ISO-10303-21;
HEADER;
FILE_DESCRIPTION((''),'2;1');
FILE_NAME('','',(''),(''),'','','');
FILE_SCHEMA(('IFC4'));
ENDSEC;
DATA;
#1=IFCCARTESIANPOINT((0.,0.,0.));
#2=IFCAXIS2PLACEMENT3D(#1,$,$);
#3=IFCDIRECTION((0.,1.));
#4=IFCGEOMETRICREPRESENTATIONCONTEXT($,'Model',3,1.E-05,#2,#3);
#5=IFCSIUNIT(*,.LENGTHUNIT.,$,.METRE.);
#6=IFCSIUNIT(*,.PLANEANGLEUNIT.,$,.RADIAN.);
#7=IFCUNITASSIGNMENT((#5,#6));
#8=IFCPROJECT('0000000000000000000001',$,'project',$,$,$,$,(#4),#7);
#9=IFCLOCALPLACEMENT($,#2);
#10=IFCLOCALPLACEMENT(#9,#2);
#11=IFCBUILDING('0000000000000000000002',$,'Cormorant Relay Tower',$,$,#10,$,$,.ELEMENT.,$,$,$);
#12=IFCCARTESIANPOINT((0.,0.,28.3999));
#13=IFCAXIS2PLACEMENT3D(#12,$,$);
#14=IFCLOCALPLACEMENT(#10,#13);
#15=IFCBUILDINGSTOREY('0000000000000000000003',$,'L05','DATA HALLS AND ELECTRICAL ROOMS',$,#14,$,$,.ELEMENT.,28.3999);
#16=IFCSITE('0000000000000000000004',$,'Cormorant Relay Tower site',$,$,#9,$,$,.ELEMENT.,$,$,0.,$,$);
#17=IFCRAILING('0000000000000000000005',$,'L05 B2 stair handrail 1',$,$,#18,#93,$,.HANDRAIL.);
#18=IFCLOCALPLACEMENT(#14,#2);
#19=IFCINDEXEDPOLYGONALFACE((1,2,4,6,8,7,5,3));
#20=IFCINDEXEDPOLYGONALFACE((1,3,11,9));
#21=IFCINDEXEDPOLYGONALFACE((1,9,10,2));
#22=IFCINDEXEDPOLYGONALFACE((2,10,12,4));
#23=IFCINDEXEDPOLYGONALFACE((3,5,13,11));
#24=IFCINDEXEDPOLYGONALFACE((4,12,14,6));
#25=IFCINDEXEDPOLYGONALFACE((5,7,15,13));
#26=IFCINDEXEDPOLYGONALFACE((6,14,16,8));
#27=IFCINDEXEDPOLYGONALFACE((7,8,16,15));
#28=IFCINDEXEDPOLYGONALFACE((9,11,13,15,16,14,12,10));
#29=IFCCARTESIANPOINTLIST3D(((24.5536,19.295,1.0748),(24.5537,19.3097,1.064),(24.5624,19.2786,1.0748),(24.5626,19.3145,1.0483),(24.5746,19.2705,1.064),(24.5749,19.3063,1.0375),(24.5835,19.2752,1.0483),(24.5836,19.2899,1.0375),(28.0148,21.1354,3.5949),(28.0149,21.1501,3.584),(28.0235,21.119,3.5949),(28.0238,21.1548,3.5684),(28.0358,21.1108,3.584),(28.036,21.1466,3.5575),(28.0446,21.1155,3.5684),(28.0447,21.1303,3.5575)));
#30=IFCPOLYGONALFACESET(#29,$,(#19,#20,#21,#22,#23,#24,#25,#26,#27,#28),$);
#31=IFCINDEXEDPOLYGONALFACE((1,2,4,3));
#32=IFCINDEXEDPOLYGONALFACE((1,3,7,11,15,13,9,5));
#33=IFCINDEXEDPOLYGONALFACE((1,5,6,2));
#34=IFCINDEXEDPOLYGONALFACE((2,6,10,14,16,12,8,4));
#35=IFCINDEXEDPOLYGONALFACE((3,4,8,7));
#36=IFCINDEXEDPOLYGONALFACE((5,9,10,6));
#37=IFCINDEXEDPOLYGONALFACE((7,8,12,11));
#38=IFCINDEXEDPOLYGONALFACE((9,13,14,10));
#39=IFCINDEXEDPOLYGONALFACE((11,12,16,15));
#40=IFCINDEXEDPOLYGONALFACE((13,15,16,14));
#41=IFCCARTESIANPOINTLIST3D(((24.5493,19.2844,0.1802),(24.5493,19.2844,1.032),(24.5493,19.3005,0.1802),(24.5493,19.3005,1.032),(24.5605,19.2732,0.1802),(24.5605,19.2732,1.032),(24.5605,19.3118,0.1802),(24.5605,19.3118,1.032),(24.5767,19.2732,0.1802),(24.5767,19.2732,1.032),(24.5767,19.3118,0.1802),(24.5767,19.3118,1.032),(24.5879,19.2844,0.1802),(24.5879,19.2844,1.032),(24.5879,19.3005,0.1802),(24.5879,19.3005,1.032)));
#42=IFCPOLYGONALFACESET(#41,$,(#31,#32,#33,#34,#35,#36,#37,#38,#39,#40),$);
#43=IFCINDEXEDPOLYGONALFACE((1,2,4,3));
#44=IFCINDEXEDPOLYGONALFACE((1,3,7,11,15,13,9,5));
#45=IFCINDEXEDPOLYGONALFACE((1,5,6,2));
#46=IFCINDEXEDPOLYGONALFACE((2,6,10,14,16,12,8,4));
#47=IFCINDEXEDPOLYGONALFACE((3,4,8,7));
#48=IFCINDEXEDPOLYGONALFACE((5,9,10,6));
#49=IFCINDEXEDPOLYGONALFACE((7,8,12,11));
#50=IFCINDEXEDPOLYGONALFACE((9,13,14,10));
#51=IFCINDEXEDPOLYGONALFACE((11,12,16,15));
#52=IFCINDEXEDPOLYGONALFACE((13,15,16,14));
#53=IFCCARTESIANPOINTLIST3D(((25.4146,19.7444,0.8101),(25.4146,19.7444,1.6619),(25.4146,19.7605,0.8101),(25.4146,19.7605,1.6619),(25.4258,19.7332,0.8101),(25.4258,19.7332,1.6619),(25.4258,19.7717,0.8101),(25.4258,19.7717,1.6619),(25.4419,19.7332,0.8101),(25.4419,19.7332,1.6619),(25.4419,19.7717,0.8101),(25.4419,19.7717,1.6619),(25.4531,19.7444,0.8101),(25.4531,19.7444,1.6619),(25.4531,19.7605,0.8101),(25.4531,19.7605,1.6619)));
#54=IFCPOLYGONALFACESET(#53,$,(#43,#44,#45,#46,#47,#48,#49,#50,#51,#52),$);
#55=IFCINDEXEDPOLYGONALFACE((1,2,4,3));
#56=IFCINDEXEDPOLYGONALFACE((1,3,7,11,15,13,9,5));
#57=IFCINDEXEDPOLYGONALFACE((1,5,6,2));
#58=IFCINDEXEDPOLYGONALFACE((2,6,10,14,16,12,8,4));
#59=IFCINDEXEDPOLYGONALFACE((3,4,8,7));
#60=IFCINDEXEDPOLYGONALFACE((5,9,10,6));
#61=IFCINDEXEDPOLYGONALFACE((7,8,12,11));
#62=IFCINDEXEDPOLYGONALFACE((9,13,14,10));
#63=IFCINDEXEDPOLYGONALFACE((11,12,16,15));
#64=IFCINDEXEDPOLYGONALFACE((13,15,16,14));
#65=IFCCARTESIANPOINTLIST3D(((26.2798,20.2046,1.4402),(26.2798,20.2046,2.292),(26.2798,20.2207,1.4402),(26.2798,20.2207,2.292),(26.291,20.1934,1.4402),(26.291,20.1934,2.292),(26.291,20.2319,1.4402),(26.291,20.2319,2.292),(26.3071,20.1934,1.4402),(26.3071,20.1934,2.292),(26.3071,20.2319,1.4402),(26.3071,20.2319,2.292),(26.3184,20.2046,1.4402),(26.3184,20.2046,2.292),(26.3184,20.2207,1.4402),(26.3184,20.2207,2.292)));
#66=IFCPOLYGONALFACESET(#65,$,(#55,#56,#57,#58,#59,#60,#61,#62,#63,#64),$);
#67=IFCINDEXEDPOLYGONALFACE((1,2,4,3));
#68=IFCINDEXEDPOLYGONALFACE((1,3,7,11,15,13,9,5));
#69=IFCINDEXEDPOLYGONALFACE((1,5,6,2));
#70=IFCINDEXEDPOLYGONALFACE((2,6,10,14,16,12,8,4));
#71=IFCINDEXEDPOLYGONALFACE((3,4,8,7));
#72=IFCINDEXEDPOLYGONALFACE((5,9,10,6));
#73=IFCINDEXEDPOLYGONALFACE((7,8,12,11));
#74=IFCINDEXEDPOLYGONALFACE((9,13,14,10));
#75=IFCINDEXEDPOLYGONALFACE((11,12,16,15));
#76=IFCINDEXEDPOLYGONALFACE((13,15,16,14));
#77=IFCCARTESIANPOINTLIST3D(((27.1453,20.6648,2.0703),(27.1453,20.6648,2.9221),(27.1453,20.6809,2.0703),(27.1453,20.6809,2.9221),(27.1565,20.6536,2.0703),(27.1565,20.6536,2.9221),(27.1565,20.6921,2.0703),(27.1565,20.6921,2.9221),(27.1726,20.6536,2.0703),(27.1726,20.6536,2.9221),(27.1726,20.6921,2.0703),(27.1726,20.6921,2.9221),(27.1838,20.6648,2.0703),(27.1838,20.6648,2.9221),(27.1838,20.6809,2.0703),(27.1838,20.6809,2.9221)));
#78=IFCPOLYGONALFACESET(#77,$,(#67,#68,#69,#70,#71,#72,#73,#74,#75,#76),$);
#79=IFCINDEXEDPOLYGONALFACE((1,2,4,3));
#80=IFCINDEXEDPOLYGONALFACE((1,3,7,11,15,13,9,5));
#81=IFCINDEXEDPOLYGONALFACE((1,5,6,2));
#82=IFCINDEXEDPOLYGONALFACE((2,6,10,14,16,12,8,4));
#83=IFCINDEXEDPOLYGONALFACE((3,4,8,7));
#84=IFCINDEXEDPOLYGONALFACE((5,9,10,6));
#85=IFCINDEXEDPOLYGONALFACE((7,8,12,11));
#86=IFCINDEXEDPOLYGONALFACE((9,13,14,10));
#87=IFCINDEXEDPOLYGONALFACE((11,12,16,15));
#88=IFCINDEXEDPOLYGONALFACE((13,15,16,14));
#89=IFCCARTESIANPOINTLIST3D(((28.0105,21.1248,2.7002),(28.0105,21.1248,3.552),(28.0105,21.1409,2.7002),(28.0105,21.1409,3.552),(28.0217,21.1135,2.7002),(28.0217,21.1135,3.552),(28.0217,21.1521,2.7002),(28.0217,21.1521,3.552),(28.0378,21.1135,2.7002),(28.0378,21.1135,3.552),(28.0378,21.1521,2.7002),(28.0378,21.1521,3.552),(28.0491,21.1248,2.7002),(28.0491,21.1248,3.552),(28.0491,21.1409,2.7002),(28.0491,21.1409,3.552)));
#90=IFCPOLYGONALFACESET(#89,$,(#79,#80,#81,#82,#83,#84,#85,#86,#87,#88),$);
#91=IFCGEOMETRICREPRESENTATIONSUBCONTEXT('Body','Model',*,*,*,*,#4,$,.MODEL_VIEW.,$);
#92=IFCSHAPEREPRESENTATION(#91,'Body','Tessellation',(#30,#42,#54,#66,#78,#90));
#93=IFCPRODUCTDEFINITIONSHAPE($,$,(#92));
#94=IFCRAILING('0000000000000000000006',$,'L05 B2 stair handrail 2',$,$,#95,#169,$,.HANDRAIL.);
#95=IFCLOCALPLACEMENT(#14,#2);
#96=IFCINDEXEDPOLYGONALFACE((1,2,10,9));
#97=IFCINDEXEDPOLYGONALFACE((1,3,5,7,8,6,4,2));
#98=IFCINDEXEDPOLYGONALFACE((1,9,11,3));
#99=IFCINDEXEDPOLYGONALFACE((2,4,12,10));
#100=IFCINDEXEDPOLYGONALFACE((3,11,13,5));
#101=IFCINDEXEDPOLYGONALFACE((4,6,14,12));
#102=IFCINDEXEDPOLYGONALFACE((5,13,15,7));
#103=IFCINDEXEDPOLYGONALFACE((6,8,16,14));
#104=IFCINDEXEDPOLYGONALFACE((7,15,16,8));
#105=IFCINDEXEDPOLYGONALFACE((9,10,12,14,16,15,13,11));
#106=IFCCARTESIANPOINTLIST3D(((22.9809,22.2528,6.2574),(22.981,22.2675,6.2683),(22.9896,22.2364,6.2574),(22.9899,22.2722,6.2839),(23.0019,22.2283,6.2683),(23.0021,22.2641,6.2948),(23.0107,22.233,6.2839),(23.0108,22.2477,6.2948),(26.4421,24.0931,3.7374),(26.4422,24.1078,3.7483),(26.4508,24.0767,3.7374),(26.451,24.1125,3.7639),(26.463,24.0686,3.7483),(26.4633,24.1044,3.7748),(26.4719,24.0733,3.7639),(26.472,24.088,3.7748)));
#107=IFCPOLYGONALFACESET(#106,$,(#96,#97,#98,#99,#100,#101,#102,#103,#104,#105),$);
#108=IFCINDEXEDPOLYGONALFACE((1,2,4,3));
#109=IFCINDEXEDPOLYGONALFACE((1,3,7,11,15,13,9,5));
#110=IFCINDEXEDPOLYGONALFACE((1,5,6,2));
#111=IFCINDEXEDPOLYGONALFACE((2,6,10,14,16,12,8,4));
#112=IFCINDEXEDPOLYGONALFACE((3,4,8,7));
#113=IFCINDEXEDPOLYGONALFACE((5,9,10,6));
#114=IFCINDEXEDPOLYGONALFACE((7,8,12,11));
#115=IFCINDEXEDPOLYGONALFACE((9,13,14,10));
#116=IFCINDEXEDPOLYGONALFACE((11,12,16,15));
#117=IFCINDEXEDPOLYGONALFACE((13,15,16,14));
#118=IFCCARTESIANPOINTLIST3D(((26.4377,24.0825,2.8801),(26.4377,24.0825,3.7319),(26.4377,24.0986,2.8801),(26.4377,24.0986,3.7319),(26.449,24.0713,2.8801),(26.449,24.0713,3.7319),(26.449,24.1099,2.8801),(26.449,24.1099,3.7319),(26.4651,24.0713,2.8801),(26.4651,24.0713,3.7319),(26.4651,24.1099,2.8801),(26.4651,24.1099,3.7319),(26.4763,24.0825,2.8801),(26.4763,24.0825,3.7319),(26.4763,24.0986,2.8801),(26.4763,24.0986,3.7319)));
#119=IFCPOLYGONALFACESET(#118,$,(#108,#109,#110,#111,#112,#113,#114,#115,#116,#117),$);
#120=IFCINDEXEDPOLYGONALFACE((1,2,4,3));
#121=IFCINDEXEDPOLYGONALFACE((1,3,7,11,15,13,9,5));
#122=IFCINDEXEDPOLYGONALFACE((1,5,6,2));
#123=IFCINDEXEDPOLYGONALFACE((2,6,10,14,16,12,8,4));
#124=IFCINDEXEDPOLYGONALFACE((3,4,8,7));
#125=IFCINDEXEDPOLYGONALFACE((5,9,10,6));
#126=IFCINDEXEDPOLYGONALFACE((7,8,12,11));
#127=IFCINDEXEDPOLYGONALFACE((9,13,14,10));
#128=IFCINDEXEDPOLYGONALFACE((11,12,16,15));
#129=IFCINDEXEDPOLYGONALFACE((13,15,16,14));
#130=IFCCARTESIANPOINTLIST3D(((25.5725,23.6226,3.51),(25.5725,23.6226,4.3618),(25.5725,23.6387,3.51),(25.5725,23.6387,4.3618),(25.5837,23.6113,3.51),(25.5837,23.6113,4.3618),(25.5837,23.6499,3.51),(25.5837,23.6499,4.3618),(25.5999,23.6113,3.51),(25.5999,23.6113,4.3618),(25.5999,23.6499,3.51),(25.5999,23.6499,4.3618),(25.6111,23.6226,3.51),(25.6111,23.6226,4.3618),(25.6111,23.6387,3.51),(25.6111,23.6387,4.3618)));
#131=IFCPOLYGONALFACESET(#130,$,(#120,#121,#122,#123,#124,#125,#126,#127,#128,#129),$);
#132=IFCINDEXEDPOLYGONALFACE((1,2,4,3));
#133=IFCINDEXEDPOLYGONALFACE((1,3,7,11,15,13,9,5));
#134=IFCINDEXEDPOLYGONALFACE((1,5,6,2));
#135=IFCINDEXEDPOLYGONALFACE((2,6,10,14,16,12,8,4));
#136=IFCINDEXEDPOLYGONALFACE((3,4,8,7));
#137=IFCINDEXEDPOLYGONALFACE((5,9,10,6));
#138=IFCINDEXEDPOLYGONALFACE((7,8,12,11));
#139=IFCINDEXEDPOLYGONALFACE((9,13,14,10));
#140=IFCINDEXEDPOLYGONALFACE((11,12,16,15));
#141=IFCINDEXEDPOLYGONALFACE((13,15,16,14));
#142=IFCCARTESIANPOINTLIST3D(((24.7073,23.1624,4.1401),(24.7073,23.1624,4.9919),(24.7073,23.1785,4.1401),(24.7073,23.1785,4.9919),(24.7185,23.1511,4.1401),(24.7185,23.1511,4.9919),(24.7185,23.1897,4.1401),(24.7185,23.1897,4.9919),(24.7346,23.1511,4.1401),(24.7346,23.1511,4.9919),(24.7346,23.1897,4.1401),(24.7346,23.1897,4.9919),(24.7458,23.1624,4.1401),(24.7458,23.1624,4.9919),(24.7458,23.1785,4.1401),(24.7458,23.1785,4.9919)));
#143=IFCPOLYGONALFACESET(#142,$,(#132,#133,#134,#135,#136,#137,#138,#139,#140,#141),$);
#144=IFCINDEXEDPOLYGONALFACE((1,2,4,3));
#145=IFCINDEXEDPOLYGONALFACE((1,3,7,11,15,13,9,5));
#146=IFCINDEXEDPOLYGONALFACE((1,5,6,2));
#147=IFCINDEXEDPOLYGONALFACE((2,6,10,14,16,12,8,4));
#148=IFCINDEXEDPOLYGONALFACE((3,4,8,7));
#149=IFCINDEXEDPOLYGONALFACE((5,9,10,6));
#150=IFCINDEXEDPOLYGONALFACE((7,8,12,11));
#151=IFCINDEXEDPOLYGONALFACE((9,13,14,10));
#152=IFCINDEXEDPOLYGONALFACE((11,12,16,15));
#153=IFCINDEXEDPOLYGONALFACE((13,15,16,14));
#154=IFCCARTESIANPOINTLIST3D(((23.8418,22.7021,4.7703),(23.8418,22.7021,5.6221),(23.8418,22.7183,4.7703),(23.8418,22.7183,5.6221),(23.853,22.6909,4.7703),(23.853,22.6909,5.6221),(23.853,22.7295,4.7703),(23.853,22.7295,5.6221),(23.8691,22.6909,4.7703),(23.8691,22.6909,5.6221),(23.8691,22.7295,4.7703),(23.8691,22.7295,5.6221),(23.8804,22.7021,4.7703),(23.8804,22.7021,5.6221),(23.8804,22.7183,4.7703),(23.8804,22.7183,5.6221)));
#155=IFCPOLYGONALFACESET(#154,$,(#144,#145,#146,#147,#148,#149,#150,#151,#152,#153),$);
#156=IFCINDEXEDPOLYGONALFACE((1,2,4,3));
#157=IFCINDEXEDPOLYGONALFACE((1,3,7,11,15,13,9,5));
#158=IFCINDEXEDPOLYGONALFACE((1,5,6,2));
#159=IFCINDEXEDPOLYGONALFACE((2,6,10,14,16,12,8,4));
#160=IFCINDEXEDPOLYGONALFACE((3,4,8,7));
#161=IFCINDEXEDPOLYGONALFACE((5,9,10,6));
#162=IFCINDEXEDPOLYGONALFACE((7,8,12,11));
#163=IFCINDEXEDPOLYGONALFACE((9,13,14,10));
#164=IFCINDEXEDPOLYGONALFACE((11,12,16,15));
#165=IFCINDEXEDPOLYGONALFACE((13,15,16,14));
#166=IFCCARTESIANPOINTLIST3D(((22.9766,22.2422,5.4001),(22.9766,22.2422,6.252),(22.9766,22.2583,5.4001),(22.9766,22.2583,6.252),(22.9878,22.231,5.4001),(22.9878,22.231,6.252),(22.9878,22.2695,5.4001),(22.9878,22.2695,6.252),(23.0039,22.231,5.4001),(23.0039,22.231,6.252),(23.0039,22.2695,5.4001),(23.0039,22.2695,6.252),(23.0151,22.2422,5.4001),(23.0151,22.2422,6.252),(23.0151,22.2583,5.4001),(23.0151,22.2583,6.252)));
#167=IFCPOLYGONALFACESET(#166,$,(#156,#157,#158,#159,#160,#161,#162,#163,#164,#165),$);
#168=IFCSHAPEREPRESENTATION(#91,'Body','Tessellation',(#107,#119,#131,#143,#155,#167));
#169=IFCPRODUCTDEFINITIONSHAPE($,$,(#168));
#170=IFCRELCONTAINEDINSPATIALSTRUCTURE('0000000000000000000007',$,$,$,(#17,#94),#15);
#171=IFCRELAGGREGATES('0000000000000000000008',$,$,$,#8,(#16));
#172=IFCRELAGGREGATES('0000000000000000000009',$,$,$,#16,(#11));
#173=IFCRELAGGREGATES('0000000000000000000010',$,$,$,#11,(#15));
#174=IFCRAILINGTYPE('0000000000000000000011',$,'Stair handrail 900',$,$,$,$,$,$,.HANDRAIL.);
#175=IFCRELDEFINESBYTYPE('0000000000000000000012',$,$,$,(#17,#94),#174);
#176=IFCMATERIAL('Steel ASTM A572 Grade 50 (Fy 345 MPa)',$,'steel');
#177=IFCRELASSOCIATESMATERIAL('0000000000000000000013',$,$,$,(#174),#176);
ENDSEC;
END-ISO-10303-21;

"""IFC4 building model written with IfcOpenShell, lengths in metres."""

from ifc_helpers import new_model, si_unit, direction, frame, origin, place, context, subcontext, project, spatial, polyline, outline, extrude, material, type_object, element, save


model = new_model("IFC4")

# Units and contexts
model_context = context("Model", 3, precision=1e-05, world=origin(), true_north=direction((0.0, 1.0)))
body_context = subcontext(model_context, "Body", "Model", "MODEL_VIEW")
ifc_project = project(units=[si_unit("LENGTHUNIT", "METRE"), si_unit("PLANEANGLEUNIT", "RADIAN")], contexts=[model_context])

# Site, building, storey
site_placement = place(None, origin())
site = spatial("IfcSite", under=ifc_project, at=site_placement, Name="Cormorant Relay Tower site", CompositionType="ELEMENT", RefElevation=0.0)
building_placement = place(site_placement, origin())
building = spatial("IfcBuilding", under=site, at=building_placement, Name="Cormorant Relay Tower", CompositionType="ELEMENT")
storey_placement = place(building_placement, frame((0.0, 0.0, 28.3999)))
storey = spatial("IfcBuildingStorey", under=building, at=storey_placement, Name="L05", Description="DATA HALLS AND ELECTRICAL ROOMS", CompositionType="ELEMENT", Elevation=28.3999)

# Railings
ifc_material_1 = material(Name="Steel ASTM A572 Grade 50 (Fy 345 MPa)", Category="steel")
railing_type_1 = type_object("IfcRailingType", Name="Stair handrail 900", PredefinedType="HANDRAIL", material=ifc_material_1)
railing_1_placement = place(storey_placement, frame((24.5686, 19.2925, 0.1802)))
element("IfcRailing", 1, at=railing_1_placement, inside=storey, type_object=railing_type_1, Name="L05 B2 stair handrail 1", PredefinedType="HANDRAIL", context=body_context, shape_type="SweptSolid", body=[
    extrude(outline(polyline([(0.0222, 0.0093), (0.0093, 0.0222), (-0.0093, 0.0222), (-0.0222, 0.0093), (-0.0222, -0.0093), (-0.0093, -0.0222), (0.0093, -0.0222), (0.0222, -0.0093), (0.0222, 0.0093)])), frame((0.0, 0.0, 0.876), z_axis=(0.742717, 0.394907, 0.540758), x_axis=(-0.469469, 0.882949, 0.0)), (0.0, 0.0, 1.0), 4.6602),
    extrude(outline(polyline([(0.0193, 0.0081), (0.0081, 0.0193), (-0.0081, 0.0193), (-0.0193, 0.0081), (-0.0193, -0.0081), (-0.0081, -0.0193), (0.0081, -0.0193), (0.0193, -0.0081), (0.0193, 0.0081)])), origin(), (0.0, 0.0, 1.0), 0.8518),
    extrude(outline(polyline([(0.0193, 0.0081), (0.0081, 0.0193), (-0.0081, 0.0193), (-0.0193, 0.0081), (-0.0193, -0.0081), (-0.0081, -0.0193), (0.0081, -0.0193), (0.0193, -0.0081), (0.0193, 0.0081)])), frame((0.8652, 0.46, 0.6299)), (0.0, 0.0, 1.0), 0.8518),
    extrude(outline(polyline([(0.0193, 0.0081), (0.0081, 0.0193), (-0.0081, 0.0193), (-0.0193, 0.0081), (-0.0193, -0.0081), (-0.0081, -0.0193), (0.0081, -0.0193), (0.0193, -0.0081), (0.0193, 0.0081)])), frame((1.7305, 0.9202, 1.26)), (0.0, 0.0, 1.0), 0.8518),
    extrude(outline(polyline([(0.0193, 0.0081), (0.0081, 0.0193), (-0.0081, 0.0193), (-0.0193, 0.0081), (-0.0193, -0.0081), (-0.0081, -0.0193), (0.0081, -0.0193), (0.0193, -0.0081), (0.0193, 0.0081)])), frame((2.5959, 1.3804, 1.8901)), (0.0, 0.0, 1.0), 0.8518),
    extrude(outline(polyline([(0.0193, 0.0081), (0.0081, 0.0193), (-0.0081, 0.0193), (-0.0193, 0.0081), (-0.0193, -0.0081), (-0.0081, -0.0193), (0.0081, -0.0193), (0.0193, -0.0081), (0.0193, 0.0081)])), frame((3.4612, 1.8403, 2.52)), (0.0, 0.0, 1.0), 0.8518),
])
railing_2_placement = place(storey_placement, frame((26.457, 24.0906, 2.8801)))
element("IfcRailing", 2, at=railing_2_placement, inside=storey, type_object=railing_type_1, Name="L05 B2 stair handrail 2", PredefinedType="HANDRAIL", context=body_context, shape_type="SweptSolid", body=[
    extrude(outline(polyline([(0.0222, 0.0093), (0.0093, 0.0222), (-0.0093, 0.0222), (-0.0222, 0.0093), (-0.0222, -0.0093), (-0.0093, -0.0222), (0.0093, -0.0222), (0.0222, -0.0093), (0.0222, 0.0093)])), frame((0.0, 0.0, 0.876), z_axis=(-0.742717, -0.394907, 0.540758), x_axis=(0.469469, -0.882949, 0.0)), (0.0, 0.0, 1.0), 4.6602),
    extrude(outline(polyline([(0.0193, 0.0081), (0.0081, 0.0193), (-0.0081, 0.0193), (-0.0193, 0.0081), (-0.0193, -0.0081), (-0.0081, -0.0193), (0.0081, -0.0193), (0.0193, -0.0081), (0.0193, 0.0081)])), origin(), (0.0, 0.0, 1.0), 0.8518),
    extrude(outline(polyline([(0.0193, 0.0081), (0.0081, 0.0193), (-0.0081, 0.0193), (-0.0193, 0.0081), (-0.0193, -0.0081), (-0.0081, -0.0193), (0.0081, -0.0193), (0.0193, -0.0081), (0.0193, 0.0081)])), frame((-0.8652, -0.46, 0.6299)), (0.0, 0.0, 1.0), 0.8518),
    extrude(outline(polyline([(0.0193, 0.0081), (0.0081, 0.0193), (-0.0081, 0.0193), (-0.0193, 0.0081), (-0.0193, -0.0081), (-0.0081, -0.0193), (0.0081, -0.0193), (0.0193, -0.0081), (0.0193, 0.0081)])), frame((-1.7305, -0.9202, 1.26)), (0.0, 0.0, 1.0), 0.8518),
    extrude(outline(polyline([(0.0193, 0.0081), (0.0081, 0.0193), (-0.0081, 0.0193), (-0.0193, 0.0081), (-0.0193, -0.0081), (-0.0081, -0.0193), (0.0081, -0.0193), (0.0193, -0.0081), (0.0193, 0.0081)])), frame((-2.5959, -1.3804, 1.8901)), (0.0, 0.0, 1.0), 0.8518),
    extrude(outline(polyline([(0.0193, 0.0081), (0.0081, 0.0193), (-0.0081, 0.0193), (-0.0193, 0.0081), (-0.0193, -0.0081), (-0.0081, -0.0193), (0.0081, -0.0193), (0.0193, -0.0081), (0.0193, 0.0081)])), frame((-3.4612, -1.8403, 2.52)), (0.0, 0.0, 1.0), 0.8518),
])

save(model, "model.ifc")
